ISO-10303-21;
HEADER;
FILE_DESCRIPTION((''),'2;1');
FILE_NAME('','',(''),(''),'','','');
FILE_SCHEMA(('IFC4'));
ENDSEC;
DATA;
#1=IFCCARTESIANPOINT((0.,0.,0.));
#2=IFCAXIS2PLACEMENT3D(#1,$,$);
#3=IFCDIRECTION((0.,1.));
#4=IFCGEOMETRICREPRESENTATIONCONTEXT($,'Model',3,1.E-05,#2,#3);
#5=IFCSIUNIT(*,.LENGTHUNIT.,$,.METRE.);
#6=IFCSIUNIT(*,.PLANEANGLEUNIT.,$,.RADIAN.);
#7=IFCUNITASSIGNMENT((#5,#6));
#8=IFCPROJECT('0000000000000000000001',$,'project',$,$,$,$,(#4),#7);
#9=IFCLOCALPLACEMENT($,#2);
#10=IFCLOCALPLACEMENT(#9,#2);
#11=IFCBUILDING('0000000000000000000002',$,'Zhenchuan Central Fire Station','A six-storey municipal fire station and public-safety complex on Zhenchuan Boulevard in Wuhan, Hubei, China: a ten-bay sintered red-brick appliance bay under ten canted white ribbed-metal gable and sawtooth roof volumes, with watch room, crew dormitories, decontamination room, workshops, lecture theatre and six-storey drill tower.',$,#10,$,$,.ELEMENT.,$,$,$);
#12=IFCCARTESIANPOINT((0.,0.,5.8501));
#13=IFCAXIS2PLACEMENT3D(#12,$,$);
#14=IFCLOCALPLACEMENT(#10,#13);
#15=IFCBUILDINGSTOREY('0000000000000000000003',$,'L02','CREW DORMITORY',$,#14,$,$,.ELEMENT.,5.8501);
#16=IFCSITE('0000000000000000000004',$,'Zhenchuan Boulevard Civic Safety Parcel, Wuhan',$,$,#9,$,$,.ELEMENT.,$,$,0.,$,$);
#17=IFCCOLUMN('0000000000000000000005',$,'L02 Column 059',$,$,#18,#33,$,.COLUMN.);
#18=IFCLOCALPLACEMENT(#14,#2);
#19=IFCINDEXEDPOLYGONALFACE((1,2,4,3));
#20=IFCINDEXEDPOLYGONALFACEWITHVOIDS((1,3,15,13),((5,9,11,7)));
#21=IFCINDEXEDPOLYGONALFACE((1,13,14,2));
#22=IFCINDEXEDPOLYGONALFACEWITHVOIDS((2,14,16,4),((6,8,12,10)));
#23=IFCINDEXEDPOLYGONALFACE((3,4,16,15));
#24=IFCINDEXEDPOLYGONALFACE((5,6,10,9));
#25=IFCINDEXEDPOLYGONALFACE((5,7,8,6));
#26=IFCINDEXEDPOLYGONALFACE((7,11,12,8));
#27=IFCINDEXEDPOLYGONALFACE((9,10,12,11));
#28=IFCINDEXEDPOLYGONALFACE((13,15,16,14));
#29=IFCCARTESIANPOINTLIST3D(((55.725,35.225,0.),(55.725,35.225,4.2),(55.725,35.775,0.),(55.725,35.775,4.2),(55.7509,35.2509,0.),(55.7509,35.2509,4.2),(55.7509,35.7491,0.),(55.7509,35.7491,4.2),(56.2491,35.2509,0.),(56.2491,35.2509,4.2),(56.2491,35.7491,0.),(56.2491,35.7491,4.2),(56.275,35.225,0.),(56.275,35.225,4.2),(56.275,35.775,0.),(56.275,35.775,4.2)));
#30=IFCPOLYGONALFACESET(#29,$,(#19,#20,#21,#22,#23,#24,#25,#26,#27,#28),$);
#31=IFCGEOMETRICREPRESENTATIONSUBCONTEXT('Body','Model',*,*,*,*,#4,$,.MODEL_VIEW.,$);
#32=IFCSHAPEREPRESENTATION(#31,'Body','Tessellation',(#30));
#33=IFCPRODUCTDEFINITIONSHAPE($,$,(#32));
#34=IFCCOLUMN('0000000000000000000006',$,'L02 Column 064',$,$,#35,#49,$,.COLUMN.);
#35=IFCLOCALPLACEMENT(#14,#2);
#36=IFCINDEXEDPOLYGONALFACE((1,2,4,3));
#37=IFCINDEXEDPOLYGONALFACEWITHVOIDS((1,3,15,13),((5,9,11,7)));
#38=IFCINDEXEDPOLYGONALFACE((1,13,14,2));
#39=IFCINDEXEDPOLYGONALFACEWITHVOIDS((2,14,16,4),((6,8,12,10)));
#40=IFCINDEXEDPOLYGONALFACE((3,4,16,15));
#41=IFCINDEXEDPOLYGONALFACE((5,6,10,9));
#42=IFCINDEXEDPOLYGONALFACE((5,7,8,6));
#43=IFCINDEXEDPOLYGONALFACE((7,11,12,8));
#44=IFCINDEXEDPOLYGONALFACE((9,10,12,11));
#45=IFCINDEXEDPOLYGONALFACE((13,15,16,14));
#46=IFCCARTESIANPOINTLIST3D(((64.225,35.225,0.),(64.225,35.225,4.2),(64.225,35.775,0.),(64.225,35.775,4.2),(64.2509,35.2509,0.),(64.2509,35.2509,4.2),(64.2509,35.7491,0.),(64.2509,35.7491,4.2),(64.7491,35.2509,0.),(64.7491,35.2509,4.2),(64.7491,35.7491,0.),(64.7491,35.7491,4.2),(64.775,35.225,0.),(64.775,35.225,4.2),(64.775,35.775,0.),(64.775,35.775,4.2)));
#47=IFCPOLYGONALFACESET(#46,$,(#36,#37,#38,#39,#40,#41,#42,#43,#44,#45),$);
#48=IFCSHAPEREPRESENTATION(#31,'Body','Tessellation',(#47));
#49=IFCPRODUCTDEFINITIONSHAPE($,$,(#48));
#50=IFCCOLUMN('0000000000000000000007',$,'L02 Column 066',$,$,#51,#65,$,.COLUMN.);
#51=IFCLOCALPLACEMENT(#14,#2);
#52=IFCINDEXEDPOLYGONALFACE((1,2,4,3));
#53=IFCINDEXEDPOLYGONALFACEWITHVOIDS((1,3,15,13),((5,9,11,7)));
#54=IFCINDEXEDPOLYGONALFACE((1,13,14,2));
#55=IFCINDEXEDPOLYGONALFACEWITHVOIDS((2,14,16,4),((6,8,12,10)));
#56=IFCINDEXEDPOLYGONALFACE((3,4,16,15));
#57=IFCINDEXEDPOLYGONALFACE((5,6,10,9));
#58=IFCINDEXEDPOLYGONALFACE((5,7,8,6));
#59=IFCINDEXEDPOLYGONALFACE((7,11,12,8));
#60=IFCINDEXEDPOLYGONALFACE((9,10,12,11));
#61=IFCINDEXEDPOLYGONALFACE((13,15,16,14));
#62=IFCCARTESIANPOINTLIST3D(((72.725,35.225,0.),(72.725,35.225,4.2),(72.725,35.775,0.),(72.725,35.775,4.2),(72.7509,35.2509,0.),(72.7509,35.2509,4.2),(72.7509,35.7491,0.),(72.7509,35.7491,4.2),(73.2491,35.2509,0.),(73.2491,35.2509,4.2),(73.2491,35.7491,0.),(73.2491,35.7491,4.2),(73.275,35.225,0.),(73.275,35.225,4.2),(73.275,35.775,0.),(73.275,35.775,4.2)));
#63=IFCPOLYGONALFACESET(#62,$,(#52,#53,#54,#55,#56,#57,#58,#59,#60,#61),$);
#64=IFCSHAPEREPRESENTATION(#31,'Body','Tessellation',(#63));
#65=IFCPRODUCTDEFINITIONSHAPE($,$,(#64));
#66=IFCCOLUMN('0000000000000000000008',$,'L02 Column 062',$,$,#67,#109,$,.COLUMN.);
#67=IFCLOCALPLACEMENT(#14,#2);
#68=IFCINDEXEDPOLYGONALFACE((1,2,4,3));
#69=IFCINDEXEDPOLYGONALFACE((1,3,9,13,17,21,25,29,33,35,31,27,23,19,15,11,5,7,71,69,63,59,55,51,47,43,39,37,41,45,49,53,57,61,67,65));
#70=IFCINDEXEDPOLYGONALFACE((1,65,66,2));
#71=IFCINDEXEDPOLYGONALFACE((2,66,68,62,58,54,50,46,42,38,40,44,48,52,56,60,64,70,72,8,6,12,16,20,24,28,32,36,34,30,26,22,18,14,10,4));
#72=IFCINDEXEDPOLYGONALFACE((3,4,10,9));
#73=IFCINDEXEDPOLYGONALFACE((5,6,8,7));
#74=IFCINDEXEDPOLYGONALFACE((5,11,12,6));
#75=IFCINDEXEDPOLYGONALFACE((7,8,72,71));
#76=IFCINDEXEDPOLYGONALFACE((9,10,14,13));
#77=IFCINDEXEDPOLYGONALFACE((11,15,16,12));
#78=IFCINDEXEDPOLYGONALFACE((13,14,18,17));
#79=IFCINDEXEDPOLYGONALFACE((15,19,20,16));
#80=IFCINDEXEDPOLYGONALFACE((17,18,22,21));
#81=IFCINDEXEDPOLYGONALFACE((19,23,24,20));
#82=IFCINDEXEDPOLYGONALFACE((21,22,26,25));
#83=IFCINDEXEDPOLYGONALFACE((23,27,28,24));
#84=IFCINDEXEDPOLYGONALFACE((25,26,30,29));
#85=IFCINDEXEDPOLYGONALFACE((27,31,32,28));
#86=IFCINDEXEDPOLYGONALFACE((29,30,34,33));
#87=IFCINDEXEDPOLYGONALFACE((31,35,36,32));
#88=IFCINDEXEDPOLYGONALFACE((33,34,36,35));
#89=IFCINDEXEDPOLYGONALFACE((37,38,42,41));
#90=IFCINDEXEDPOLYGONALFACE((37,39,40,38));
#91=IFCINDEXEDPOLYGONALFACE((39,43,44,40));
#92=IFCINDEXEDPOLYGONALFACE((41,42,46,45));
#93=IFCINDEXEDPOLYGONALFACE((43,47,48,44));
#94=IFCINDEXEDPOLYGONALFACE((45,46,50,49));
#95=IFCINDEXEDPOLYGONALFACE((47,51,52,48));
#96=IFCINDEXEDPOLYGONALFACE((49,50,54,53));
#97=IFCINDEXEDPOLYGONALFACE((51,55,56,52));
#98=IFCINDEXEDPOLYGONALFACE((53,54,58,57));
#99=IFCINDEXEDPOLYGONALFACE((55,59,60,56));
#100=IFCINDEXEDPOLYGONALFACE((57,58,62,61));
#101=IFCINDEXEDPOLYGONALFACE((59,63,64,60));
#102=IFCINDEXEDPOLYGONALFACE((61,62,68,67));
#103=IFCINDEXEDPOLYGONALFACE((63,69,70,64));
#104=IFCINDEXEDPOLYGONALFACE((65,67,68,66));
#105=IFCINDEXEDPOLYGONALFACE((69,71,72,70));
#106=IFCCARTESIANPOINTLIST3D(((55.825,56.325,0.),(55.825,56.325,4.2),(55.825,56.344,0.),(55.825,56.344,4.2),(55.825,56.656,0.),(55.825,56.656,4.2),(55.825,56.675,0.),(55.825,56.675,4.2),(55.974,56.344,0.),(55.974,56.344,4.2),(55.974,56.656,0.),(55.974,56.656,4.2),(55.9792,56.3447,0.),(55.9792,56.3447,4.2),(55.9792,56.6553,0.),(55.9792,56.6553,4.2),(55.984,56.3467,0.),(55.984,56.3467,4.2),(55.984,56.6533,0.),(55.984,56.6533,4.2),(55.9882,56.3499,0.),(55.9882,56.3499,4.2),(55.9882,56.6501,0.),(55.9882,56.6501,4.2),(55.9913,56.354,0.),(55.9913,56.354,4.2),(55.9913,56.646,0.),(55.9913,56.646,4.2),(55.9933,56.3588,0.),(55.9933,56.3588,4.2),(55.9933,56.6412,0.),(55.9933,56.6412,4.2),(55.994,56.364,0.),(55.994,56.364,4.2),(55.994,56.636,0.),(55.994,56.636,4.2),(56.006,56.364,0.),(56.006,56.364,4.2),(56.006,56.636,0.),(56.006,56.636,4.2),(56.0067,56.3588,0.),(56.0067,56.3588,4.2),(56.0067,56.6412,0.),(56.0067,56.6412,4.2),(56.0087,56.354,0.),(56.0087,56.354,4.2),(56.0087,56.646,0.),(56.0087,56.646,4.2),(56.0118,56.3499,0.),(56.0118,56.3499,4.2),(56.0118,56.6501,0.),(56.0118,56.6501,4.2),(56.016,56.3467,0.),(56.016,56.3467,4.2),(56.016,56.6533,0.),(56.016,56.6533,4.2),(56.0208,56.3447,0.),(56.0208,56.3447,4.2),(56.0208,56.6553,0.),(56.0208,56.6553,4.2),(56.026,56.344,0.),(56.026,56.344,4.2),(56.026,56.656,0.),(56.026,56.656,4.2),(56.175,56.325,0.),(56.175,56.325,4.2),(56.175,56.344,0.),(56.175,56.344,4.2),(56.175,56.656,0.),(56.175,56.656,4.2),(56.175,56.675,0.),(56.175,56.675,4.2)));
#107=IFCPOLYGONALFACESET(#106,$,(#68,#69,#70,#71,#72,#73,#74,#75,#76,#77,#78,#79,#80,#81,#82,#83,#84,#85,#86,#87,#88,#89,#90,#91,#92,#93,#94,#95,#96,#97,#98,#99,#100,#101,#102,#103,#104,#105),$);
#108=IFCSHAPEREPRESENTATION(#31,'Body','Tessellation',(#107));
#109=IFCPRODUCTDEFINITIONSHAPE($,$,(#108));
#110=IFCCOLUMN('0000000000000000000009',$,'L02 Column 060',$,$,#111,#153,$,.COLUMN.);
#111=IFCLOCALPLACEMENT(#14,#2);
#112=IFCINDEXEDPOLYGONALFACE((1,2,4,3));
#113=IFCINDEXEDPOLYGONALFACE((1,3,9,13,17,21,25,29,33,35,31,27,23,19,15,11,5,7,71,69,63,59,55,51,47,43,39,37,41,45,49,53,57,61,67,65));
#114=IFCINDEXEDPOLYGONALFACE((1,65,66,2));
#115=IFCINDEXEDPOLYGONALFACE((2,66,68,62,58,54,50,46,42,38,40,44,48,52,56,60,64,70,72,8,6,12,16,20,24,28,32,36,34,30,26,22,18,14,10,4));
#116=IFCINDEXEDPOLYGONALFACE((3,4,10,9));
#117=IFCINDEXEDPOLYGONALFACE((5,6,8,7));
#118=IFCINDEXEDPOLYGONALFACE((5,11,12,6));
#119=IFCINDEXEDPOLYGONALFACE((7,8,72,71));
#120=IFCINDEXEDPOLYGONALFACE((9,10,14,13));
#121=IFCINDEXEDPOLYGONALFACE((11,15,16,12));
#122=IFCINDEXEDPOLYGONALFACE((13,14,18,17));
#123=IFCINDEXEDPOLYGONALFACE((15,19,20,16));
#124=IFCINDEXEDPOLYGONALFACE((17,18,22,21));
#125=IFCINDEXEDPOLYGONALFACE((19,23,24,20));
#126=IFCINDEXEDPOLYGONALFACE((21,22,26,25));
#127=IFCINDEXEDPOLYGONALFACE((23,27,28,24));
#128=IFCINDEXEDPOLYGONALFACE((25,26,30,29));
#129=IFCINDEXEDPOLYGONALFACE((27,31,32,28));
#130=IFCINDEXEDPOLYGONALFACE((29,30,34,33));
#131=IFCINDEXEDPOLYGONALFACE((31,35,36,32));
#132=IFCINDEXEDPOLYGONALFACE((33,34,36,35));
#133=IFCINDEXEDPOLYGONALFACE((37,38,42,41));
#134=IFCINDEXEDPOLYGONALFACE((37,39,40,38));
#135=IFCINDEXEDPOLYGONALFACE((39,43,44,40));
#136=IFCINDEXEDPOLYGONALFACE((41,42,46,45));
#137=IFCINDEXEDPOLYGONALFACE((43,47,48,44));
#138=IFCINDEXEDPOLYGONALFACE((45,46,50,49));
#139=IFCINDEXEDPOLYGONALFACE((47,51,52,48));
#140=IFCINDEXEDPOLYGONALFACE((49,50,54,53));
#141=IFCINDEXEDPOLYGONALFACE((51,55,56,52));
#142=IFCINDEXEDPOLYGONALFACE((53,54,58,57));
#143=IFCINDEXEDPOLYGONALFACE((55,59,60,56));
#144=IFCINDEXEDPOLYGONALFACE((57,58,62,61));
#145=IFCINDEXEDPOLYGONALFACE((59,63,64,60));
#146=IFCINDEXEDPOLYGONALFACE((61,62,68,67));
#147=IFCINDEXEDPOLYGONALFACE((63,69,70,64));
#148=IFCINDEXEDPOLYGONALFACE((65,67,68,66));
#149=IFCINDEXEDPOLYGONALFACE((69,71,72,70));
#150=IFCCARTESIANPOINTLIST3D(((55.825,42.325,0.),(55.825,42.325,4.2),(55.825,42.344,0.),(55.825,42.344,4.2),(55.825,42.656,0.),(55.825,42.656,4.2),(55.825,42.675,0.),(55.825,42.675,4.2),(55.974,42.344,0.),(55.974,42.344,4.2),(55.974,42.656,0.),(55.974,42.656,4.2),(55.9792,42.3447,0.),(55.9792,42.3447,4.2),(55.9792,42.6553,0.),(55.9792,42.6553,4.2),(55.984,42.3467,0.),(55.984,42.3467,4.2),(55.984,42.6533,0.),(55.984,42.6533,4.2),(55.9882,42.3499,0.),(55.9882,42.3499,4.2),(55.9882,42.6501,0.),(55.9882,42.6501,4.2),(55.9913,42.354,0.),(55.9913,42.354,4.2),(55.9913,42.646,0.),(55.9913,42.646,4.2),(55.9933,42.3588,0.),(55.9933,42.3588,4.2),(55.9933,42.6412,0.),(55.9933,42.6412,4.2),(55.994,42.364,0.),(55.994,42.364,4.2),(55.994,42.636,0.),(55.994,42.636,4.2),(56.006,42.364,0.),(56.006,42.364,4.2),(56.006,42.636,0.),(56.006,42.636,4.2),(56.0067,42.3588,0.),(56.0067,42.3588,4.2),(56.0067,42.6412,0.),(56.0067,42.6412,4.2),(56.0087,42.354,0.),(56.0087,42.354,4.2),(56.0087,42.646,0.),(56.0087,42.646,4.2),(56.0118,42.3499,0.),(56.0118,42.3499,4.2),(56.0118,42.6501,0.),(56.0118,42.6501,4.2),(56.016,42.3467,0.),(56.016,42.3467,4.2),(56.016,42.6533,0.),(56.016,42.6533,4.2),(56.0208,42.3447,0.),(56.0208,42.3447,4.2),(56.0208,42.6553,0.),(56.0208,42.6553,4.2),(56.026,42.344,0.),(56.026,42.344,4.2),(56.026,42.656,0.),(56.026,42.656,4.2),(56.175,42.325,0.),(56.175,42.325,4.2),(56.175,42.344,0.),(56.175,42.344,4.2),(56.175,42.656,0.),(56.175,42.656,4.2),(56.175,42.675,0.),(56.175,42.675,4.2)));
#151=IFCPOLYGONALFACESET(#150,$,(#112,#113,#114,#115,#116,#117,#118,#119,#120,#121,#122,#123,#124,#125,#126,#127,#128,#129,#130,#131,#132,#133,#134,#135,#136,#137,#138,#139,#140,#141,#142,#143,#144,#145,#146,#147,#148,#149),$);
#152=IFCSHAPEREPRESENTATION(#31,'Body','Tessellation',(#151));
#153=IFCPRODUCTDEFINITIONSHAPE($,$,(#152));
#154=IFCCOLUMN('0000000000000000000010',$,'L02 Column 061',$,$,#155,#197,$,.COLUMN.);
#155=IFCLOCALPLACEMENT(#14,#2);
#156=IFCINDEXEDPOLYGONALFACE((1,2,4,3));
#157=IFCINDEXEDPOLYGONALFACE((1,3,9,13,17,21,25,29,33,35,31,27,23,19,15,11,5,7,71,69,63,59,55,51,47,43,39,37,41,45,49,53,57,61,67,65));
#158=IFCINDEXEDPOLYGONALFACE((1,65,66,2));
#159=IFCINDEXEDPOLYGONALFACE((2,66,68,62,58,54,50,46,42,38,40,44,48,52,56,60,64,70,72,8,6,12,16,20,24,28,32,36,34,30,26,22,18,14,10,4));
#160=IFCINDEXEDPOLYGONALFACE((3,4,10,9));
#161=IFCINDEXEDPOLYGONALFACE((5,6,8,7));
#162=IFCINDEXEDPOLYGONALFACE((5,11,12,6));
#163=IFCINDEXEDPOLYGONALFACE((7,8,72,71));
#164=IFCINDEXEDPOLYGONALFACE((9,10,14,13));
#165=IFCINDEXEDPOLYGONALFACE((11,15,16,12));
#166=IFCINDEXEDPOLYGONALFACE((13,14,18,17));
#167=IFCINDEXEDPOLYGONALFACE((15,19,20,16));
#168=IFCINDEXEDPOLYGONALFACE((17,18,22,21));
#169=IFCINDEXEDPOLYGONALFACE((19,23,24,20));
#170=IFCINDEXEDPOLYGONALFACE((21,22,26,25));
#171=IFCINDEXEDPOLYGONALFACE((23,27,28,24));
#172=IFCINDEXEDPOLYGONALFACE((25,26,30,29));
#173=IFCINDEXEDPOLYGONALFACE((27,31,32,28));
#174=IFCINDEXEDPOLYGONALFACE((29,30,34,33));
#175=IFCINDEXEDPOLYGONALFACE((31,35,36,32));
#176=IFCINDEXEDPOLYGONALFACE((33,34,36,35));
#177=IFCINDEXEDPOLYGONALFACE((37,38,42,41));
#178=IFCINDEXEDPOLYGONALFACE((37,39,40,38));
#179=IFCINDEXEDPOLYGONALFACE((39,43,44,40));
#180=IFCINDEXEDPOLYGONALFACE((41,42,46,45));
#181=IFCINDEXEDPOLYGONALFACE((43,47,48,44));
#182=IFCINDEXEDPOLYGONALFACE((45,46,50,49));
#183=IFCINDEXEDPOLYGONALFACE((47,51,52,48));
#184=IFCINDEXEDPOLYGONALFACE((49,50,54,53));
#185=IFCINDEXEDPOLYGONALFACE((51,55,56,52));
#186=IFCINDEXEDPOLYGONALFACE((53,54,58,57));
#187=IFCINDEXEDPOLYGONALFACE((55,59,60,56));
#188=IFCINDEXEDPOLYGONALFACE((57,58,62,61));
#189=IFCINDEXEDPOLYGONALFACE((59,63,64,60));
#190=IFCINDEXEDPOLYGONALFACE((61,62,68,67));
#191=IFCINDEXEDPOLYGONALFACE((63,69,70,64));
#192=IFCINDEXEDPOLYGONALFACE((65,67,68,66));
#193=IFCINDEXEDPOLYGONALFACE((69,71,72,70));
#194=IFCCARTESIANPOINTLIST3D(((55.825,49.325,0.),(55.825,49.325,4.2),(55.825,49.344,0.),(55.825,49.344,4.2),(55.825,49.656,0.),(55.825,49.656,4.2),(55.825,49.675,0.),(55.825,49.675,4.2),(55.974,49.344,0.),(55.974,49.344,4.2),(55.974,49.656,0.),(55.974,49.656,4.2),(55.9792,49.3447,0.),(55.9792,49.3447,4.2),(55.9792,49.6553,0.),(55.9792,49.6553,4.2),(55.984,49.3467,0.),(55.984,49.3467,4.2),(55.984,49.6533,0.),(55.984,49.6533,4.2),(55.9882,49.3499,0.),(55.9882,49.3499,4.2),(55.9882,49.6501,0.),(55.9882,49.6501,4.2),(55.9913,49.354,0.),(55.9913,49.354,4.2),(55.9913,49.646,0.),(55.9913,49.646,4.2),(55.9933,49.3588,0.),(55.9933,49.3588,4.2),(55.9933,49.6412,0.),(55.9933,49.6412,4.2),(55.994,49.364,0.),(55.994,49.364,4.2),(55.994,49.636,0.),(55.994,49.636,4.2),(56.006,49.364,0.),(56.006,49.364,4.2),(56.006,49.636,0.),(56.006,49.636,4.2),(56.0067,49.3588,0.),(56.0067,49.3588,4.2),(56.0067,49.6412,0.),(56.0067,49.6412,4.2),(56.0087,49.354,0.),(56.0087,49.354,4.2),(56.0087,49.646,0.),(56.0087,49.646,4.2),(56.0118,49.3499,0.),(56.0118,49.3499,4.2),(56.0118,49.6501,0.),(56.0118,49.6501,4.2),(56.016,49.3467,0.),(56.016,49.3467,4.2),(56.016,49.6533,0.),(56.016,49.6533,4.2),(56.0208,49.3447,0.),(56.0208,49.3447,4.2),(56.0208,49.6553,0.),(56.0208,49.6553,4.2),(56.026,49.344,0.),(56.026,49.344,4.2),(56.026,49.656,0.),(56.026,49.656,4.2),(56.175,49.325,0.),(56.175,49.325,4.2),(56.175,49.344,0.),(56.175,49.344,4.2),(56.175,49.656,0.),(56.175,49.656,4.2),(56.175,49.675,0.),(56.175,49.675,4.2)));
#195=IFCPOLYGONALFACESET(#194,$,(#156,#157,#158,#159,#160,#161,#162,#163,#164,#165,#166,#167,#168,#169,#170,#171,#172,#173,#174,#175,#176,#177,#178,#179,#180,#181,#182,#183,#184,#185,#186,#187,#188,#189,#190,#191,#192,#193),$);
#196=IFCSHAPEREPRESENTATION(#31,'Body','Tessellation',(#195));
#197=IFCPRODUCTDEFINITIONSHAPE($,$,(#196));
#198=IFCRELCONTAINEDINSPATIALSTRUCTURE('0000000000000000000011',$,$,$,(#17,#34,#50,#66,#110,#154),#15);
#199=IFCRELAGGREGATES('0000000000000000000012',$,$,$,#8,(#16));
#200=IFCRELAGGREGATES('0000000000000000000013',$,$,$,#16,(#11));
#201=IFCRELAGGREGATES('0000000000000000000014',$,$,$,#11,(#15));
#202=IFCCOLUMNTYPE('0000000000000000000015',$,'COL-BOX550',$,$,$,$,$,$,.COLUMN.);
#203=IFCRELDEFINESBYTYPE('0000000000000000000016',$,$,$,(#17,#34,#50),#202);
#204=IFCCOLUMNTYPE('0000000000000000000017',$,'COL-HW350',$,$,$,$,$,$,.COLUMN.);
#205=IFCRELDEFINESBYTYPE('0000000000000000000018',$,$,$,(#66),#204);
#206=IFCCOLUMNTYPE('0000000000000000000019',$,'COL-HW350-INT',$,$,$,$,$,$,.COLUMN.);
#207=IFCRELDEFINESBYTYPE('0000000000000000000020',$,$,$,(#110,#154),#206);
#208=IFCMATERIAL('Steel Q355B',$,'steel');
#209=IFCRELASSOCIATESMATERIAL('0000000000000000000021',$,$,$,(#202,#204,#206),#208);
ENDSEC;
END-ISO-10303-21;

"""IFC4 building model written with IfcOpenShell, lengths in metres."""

from ifc_helpers import new_model, si_unit, direction, frame, origin, origin_2d, place, context, subcontext, project, spatial, hollow_rectangle, i_section, extrude, material, material_profile, profile_set, type_object, element, save


model = new_model("IFC4")

# Units and contexts
model_context = context("Model", 3, precision=1e-05, world=origin(), true_north=direction((0.0, 1.0)))
body_context = subcontext(model_context, "Body", "Model", "MODEL_VIEW")
ifc_project = project(units=[si_unit("LENGTHUNIT", "METRE"), si_unit("PLANEANGLEUNIT", "RADIAN")], contexts=[model_context])

# Site, building, storey
site_placement = place(None, origin())
site = spatial("IfcSite", under=ifc_project, at=site_placement, Name="Zhenchuan Boulevard Civic Safety Parcel, Wuhan", CompositionType="ELEMENT", RefElevation=0.0)
building_placement = place(site_placement, origin())
building = spatial("IfcBuilding", under=site, at=building_placement, Name="Zhenchuan Central Fire Station", Description="A six-storey municipal fire station and public-safety complex on Zhenchuan Boulevard in Wuhan, Hubei, China: a ten-bay sintered red-brick appliance bay under ten canted white ribbed-metal gable and sawtooth roof volumes, with watch room, crew dormitories, decontamination room, workshops, lecture theatre and six-storey drill tower.", CompositionType="ELEMENT")
storey_placement = place(building_placement, frame((0.0, 0.0, 5.8501)))
storey = spatial("IfcBuildingStorey", under=building, at=storey_placement, Name="L02", Description="CREW DORMITORY", CompositionType="ELEMENT", Elevation=5.8501)

# Columns
ifc_material_1 = material(Name="Steel Q355B", Category="steel")
ifc_material_profile_1 = material_profile(ifc_material_1, hollow_rectangle(XDim=0.55, YDim=0.55, WallThickness=0.0259, at=origin_2d()), Name="BOX 550x550x26")
ifc_profile_set_1 = profile_set([ifc_material_profile_1], Name="Steel Q355B")
column_type_1 = type_object("IfcColumnType", Name="COL-BOX550", PredefinedType="COLUMN", material=ifc_profile_set_1)
for number, where, z_axis, x_axis, name in (
    (1, (56.0, 35.5, 0.0), (0.0, 0.0, 1.0), (1.0, 0.0, 0.0), "L02 Column 059"),
    (2, (64.5, 35.5, 0.0), (0.0, 0.0, 1.0), (1.0, 0.0, 0.0), "L02 Column 064"),
    (3, (73.0, 35.5, 0.0), (0.0, 0.0, 1.0), (1.0, 0.0, 0.0), "L02 Column 066"),
):
    element("IfcColumn", number, at=place(storey_placement, frame(where, z_axis=z_axis, x_axis=x_axis)), inside=storey, type_object=column_type_1, Name=name, PredefinedType="COLUMN", context=body_context, shape_type="SweptSolid", body=[
        extrude(hollow_rectangle(XDim=0.55, YDim=0.55, WallThickness=0.0259, at=origin_2d()), origin(), (0.0, 0.0, 1.0), 4.2),
    ])
ifc_material_profile_2 = material_profile(ifc_material_1, i_section(OverallWidth=0.3501, OverallDepth=0.3501, WebThickness=0.012, FlangeThickness=0.019, FilletRadius=0.02, at=origin_2d()), Name="HW 350x350")
ifc_profile_set_2 = profile_set([ifc_material_profile_2], Name="Steel Q355B")
column_type_2 = type_object("IfcColumnType", Name="COL-HW350", PredefinedType="COLUMN", material=ifc_profile_set_2)
column_placement = place(storey_placement, frame((56.0, 56.5, 0.0), z_axis=(0.0, 0.0, 1.0), x_axis=(1.0, 0.0, 0.0)))
element("IfcColumn", 4, at=column_placement, inside=storey, type_object=column_type_2, Name="L02 Column 062", PredefinedType="COLUMN", context=body_context, shape_type="SweptSolid", body=[
    extrude(i_section(OverallWidth=0.3501, OverallDepth=0.3501, WebThickness=0.012, FlangeThickness=0.019, FilletRadius=0.02, at=origin_2d()), origin(), (0.0, 0.0, 1.0), 4.2),
])
ifc_material_profile_3 = material_profile(ifc_material_1, i_section(OverallWidth=0.3501, OverallDepth=0.3501, WebThickness=0.012, FlangeThickness=0.019, FilletRadius=0.02, at=origin_2d()), Name="HW 350x350")
ifc_profile_set_3 = profile_set([ifc_material_profile_3], Name="Steel Q355B")
column_type_3 = type_object("IfcColumnType", Name="COL-HW350-INT", PredefinedType="COLUMN", material=ifc_profile_set_3)
for number, where, z_axis, x_axis, name in (
    (5, (56.0, 42.5, 0.0), (0.0, 0.0, 1.0), (1.0, 0.0, 0.0), "L02 Column 060"),
    (6, (56.0, 49.5, 0.0), (0.0, 0.0, 1.0), (1.0, 0.0, 0.0), "L02 Column 061"),
):
    element("IfcColumn", number, at=place(storey_placement, frame(where, z_axis=z_axis, x_axis=x_axis)), inside=storey, type_object=column_type_3, Name=name, PredefinedType="COLUMN", context=body_context, shape_type="SweptSolid", body=[
        extrude(i_section(OverallWidth=0.3501, OverallDepth=0.3501, WebThickness=0.012, FlangeThickness=0.019, FilletRadius=0.02, at=origin_2d()), origin(), (0.0, 0.0, 1.0), 4.2),
    ])

save(model, "model.ifc")
